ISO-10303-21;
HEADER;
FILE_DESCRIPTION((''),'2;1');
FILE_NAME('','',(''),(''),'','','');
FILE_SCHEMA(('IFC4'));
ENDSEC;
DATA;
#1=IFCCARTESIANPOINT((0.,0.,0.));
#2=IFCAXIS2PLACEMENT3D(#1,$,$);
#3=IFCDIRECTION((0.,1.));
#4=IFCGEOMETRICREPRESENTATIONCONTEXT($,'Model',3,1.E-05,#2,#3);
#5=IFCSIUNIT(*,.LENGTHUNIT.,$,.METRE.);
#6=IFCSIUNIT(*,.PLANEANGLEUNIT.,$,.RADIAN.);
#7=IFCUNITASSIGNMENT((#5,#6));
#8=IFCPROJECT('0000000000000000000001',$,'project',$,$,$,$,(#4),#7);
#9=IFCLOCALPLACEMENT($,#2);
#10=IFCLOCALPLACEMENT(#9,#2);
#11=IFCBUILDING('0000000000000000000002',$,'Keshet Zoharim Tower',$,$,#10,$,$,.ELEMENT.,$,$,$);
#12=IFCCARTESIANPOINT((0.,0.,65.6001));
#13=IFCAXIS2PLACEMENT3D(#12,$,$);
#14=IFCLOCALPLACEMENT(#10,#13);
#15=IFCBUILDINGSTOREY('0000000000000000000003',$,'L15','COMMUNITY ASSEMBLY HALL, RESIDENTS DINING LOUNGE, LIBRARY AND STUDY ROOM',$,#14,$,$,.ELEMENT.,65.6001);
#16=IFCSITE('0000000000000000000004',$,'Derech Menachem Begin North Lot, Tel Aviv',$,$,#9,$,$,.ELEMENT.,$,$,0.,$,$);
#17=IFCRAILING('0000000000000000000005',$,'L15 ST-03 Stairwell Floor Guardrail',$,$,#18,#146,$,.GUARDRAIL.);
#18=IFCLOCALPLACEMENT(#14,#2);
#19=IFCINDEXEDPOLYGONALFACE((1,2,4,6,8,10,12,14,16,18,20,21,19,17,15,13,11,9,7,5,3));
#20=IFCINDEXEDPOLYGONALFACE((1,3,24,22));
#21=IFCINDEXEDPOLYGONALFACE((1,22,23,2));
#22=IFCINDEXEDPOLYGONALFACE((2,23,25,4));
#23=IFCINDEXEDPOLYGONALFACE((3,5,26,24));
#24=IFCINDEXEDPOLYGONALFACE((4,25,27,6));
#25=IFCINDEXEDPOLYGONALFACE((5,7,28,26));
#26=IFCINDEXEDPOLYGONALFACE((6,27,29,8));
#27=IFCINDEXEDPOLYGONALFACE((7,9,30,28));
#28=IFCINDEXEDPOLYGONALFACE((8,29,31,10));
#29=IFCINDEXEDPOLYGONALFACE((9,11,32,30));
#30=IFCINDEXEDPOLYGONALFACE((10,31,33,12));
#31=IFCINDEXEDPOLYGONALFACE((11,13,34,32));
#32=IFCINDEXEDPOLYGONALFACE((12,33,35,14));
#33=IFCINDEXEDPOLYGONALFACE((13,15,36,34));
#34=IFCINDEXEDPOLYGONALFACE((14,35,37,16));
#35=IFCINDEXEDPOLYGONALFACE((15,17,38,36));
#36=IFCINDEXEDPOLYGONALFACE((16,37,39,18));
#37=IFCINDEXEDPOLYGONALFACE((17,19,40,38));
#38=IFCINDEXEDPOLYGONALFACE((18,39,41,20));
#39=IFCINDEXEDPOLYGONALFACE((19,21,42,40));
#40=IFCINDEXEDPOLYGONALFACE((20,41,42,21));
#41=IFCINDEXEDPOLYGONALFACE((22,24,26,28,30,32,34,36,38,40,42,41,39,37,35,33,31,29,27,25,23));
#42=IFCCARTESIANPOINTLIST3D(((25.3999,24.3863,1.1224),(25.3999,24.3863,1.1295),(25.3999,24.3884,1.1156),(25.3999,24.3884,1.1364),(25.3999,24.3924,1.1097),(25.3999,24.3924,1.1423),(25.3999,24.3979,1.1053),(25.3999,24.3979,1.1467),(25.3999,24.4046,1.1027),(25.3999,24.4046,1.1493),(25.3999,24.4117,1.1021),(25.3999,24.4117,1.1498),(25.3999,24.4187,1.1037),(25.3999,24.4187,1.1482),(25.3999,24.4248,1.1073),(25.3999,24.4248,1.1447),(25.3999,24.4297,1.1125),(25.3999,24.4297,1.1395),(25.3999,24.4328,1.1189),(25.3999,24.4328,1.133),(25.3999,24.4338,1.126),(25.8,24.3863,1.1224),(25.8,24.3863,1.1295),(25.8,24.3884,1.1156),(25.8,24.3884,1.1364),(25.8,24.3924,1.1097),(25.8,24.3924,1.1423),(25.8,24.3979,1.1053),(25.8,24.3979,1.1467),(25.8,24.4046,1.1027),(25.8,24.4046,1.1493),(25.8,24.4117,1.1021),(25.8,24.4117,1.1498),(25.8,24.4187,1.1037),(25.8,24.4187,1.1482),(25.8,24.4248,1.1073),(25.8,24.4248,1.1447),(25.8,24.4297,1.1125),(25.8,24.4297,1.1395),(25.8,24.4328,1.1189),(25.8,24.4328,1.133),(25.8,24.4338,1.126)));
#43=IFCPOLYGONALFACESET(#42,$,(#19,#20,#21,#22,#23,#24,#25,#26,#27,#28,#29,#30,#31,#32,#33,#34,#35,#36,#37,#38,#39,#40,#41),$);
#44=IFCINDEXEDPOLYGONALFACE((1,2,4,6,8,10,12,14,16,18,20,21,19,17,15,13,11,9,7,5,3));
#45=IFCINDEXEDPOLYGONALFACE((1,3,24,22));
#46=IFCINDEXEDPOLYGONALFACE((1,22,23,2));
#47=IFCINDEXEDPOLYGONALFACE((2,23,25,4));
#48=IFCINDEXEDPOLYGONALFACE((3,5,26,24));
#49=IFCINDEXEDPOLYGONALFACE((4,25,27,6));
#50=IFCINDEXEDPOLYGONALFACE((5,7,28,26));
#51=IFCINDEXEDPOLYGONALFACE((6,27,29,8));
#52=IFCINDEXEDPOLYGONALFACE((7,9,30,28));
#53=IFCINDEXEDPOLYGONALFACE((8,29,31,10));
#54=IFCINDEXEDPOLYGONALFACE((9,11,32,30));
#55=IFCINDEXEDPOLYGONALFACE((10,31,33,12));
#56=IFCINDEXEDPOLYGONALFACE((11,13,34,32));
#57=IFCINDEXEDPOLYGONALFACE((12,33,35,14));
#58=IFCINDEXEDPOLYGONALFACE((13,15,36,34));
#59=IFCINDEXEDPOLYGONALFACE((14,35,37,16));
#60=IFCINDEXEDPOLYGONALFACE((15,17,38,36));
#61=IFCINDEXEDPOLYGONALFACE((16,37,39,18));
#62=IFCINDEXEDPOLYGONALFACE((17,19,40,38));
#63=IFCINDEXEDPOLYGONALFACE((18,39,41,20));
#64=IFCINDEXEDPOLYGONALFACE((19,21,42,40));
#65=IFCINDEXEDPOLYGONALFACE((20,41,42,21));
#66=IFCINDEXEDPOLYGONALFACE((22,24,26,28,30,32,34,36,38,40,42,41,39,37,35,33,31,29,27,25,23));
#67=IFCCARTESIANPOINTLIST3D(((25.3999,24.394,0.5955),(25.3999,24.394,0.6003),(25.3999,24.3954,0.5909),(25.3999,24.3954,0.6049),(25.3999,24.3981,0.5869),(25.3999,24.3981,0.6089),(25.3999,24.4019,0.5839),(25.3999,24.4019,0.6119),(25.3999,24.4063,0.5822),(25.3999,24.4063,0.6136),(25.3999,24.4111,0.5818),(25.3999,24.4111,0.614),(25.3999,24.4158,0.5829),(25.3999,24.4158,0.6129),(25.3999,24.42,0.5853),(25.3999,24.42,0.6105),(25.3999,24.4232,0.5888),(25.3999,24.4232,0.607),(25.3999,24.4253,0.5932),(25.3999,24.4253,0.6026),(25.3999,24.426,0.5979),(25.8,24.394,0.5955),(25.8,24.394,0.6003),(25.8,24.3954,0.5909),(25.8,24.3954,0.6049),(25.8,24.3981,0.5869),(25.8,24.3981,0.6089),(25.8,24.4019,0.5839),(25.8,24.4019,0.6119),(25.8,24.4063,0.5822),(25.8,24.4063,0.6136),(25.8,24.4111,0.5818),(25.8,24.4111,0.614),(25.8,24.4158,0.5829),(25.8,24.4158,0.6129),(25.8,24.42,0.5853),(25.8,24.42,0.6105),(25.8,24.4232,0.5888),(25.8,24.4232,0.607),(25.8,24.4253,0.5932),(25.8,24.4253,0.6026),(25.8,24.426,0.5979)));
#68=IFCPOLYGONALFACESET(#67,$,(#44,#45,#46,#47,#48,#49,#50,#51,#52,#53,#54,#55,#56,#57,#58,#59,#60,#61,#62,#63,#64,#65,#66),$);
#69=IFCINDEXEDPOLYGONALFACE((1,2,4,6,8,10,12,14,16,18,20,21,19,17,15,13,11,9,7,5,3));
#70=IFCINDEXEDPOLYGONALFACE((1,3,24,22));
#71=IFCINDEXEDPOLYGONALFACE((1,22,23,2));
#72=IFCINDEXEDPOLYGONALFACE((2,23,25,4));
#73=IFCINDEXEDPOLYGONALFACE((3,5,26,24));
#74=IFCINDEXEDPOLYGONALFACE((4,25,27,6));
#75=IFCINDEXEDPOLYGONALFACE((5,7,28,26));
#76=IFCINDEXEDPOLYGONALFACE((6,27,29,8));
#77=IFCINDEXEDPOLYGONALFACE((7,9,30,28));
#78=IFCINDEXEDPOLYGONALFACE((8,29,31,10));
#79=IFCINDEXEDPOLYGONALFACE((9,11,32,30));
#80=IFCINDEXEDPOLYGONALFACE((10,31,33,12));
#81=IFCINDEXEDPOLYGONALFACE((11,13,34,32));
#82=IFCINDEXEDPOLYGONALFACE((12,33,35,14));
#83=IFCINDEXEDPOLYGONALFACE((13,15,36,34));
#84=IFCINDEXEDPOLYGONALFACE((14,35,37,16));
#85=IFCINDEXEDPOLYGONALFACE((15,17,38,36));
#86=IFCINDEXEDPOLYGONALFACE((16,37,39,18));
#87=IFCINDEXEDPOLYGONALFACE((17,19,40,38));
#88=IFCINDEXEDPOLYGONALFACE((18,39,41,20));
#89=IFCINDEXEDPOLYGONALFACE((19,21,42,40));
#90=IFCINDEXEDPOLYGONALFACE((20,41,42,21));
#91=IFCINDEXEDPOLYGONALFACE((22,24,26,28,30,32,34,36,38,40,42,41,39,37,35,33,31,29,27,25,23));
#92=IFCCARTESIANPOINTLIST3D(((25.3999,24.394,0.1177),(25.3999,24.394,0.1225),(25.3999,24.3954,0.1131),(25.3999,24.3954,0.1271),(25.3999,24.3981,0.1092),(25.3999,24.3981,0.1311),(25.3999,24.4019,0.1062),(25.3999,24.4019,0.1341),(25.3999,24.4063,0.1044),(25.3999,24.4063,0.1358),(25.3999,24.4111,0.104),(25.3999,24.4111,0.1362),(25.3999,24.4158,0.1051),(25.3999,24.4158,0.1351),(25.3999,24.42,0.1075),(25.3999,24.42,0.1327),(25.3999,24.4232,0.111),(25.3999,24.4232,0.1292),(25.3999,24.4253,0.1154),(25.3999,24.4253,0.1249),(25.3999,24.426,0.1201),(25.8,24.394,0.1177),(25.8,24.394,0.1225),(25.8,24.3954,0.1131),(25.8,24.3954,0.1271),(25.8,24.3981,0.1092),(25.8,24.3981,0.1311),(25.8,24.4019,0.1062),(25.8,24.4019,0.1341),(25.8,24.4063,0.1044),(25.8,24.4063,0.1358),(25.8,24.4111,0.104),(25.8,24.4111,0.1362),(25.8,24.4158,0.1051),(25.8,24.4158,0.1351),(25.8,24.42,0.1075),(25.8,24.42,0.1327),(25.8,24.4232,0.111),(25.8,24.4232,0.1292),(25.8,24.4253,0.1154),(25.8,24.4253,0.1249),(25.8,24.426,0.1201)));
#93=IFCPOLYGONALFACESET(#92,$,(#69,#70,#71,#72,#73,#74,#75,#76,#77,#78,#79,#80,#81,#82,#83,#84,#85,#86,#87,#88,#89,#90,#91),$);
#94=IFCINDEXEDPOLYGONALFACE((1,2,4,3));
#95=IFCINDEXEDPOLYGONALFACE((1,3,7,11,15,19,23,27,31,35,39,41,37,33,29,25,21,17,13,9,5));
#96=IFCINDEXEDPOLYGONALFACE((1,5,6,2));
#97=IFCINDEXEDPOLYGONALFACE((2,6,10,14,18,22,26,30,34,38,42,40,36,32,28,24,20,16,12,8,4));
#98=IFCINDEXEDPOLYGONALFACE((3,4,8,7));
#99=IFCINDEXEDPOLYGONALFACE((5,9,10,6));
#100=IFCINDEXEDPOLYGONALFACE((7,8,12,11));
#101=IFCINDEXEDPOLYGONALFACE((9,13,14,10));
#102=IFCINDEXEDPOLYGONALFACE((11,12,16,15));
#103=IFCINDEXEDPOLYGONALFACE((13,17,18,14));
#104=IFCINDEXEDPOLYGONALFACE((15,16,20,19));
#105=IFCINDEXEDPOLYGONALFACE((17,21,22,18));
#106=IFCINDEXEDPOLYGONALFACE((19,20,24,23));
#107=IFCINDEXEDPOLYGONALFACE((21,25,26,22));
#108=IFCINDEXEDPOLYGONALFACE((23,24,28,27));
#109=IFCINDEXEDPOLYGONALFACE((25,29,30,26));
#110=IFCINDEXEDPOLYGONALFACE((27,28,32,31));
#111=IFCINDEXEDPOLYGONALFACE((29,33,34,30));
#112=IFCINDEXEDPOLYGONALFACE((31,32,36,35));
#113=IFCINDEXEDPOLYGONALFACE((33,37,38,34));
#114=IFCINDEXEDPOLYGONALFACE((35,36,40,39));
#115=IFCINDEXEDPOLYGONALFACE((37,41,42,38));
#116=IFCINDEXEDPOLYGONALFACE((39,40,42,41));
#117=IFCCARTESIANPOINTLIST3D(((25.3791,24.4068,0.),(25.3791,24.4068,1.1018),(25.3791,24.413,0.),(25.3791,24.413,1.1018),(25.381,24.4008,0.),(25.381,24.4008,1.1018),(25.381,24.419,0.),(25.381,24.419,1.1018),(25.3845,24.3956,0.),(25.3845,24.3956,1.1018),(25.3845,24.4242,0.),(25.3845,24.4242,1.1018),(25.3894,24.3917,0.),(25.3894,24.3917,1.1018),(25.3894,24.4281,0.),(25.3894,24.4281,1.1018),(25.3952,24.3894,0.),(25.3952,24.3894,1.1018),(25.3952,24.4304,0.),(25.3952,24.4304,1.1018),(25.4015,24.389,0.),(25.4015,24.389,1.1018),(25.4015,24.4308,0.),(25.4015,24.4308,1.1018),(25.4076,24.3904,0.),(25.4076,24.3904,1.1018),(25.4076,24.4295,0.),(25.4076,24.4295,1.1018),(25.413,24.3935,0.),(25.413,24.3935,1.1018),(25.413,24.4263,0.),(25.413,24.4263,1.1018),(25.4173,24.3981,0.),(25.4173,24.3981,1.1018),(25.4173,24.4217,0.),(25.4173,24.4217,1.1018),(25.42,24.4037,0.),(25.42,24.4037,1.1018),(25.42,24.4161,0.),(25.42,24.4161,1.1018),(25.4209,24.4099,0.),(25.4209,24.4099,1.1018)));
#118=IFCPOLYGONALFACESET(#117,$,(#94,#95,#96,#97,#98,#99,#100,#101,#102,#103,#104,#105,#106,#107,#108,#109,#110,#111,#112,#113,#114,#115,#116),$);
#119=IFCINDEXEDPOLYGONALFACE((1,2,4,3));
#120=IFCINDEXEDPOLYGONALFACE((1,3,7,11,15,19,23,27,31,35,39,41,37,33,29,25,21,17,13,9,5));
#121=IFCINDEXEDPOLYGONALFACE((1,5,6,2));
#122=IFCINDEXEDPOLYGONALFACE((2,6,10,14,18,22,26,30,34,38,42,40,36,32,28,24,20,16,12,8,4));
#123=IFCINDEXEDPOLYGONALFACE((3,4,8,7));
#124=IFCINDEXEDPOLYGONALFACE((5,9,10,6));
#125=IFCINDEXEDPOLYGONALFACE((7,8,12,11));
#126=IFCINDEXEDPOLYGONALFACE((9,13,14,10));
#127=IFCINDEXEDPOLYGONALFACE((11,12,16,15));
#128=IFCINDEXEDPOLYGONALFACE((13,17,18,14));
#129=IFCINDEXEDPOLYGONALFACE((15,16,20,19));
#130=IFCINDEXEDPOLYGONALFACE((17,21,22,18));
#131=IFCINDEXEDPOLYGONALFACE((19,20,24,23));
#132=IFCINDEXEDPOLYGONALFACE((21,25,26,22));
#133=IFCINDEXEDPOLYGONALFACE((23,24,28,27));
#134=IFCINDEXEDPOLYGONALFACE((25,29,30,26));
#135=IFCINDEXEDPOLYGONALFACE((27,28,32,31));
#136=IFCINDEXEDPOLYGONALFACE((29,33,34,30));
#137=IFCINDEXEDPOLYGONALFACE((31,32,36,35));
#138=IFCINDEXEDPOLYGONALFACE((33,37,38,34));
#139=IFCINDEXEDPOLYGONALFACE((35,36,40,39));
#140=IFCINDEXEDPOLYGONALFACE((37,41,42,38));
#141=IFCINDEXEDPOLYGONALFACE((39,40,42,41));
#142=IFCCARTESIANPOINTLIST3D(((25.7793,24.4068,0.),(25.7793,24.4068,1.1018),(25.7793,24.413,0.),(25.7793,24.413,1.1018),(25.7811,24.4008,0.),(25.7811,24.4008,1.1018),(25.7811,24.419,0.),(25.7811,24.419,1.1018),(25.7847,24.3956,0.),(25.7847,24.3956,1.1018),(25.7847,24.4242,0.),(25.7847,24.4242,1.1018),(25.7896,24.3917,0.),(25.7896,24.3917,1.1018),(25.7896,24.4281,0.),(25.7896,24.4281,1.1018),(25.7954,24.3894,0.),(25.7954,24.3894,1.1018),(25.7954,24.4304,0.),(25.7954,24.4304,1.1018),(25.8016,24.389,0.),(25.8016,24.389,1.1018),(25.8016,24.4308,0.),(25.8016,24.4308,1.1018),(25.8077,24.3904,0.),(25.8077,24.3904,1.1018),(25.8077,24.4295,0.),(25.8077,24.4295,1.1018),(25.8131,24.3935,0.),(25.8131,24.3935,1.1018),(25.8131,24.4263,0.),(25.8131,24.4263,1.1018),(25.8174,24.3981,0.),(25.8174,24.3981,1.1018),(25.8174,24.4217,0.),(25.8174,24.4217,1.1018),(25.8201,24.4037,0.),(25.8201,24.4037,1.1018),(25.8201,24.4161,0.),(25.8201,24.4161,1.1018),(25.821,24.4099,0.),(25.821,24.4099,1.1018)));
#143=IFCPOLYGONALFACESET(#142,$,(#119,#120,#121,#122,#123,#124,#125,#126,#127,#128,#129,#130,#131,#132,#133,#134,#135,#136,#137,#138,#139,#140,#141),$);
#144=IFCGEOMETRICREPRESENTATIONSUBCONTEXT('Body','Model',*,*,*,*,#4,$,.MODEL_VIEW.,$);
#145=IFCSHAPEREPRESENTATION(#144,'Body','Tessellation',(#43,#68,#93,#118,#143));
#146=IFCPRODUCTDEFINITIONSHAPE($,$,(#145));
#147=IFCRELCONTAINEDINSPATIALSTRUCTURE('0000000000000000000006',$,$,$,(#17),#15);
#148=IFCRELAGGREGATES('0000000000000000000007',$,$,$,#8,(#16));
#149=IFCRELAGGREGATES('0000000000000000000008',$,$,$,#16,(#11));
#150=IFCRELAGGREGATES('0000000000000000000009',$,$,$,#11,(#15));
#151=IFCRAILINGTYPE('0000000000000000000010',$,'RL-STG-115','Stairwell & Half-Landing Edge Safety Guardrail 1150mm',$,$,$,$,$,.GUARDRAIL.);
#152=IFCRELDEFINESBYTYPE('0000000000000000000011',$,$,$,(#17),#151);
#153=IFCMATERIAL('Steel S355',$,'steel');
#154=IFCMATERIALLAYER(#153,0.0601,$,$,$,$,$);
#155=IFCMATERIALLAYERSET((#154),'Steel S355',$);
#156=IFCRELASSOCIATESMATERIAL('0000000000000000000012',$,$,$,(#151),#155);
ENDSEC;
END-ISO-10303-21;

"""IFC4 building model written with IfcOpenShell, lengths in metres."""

from ifc_helpers import new_model, si_unit, direction, frame, origin, origin_2d, place, context, subcontext, project, spatial, circle, extrude, material, layer, layer_set, type_object, element, save


model = new_model("IFC4")

# Units and contexts
model_context = context("Model", 3, precision=1e-05, world=origin(), true_north=direction((0.0, 1.0)))
body_context = subcontext(model_context, "Body", "Model", "MODEL_VIEW")
ifc_project = project(units=[si_unit("LENGTHUNIT", "METRE"), si_unit("PLANEANGLEUNIT", "RADIAN")], contexts=[model_context])

# Site, building, storey
site_placement = place(None, origin())
site = spatial("IfcSite", under=ifc_project, at=site_placement, Name="Derech Menachem Begin North Lot, Tel Aviv", CompositionType="ELEMENT", RefElevation=0.0)
building_placement = place(site_placement, origin())
building = spatial("IfcBuilding", under=site, at=building_placement, Name="Keshet Zoharim Tower", CompositionType="ELEMENT")
storey_placement = place(building_placement, frame((0.0, 0.0, 65.6001)))
storey = spatial("IfcBuildingStorey", under=building, at=storey_placement, Name="L15", Description="COMMUNITY ASSEMBLY HALL, RESIDENTS DINING LOUNGE, LIBRARY AND STUDY ROOM", CompositionType="ELEMENT", Elevation=65.6001)

# Shared definitions
ifc_material_1 = material(Name="Steel S355", Category="steel")

# Railing
ifc_layer_1 = layer(ifc_material_1, 0.0601)
ifc_layer_set_1 = layer_set([ifc_layer_1], Name="Steel S355")
railing_type_1 = type_object("IfcRailingType", Name="RL-STG-115", Description="Stairwell & Half-Landing Edge Safety Guardrail 1150mm", PredefinedType="GUARDRAIL", material=ifc_layer_set_1)
railing_1_placement = place(storey_placement, frame((25.3999, 24.4099, 0.0)))
element("IfcRailing", 1, at=railing_1_placement, inside=storey, type_object=railing_type_1, Name="L15 ST-03 Stairwell Floor Guardrail", PredefinedType="GUARDRAIL", context=body_context, shape_type="SweptSolid", body=[
    extrude(circle(Radius=0.0239, at=origin_2d()), frame((0.0, 0.0, 1.126), z_axis=(1.0, 0.0, 0.0), x_axis=(0.0, 1.0, 0.0)), (0.0, 0.0, 1.0), 0.4001),
    extrude(circle(Radius=0.0161, at=origin_2d()), frame((0.0, 0.0, 0.5979), z_axis=(1.0, 0.0, 0.0), x_axis=(0.0, 1.0, 0.0)), (0.0, 0.0, 1.0), 0.4001),
    extrude(circle(Radius=0.0161, at=origin_2d()), frame((0.0, 0.0, 0.1201), z_axis=(1.0, 0.0, 0.0), x_axis=(0.0, 1.0, 0.0)), (0.0, 0.0, 1.0), 0.4001),
    extrude(circle(Radius=0.021, at=origin_2d()), origin(), (0.0, 0.0, 1.0), 1.1018),
    extrude(circle(Radius=0.021, at=origin_2d()), frame((0.4001, 0.0, 0.0)), (0.0, 0.0, 1.0), 1.1018),
])

save(model, "model.ifc")
